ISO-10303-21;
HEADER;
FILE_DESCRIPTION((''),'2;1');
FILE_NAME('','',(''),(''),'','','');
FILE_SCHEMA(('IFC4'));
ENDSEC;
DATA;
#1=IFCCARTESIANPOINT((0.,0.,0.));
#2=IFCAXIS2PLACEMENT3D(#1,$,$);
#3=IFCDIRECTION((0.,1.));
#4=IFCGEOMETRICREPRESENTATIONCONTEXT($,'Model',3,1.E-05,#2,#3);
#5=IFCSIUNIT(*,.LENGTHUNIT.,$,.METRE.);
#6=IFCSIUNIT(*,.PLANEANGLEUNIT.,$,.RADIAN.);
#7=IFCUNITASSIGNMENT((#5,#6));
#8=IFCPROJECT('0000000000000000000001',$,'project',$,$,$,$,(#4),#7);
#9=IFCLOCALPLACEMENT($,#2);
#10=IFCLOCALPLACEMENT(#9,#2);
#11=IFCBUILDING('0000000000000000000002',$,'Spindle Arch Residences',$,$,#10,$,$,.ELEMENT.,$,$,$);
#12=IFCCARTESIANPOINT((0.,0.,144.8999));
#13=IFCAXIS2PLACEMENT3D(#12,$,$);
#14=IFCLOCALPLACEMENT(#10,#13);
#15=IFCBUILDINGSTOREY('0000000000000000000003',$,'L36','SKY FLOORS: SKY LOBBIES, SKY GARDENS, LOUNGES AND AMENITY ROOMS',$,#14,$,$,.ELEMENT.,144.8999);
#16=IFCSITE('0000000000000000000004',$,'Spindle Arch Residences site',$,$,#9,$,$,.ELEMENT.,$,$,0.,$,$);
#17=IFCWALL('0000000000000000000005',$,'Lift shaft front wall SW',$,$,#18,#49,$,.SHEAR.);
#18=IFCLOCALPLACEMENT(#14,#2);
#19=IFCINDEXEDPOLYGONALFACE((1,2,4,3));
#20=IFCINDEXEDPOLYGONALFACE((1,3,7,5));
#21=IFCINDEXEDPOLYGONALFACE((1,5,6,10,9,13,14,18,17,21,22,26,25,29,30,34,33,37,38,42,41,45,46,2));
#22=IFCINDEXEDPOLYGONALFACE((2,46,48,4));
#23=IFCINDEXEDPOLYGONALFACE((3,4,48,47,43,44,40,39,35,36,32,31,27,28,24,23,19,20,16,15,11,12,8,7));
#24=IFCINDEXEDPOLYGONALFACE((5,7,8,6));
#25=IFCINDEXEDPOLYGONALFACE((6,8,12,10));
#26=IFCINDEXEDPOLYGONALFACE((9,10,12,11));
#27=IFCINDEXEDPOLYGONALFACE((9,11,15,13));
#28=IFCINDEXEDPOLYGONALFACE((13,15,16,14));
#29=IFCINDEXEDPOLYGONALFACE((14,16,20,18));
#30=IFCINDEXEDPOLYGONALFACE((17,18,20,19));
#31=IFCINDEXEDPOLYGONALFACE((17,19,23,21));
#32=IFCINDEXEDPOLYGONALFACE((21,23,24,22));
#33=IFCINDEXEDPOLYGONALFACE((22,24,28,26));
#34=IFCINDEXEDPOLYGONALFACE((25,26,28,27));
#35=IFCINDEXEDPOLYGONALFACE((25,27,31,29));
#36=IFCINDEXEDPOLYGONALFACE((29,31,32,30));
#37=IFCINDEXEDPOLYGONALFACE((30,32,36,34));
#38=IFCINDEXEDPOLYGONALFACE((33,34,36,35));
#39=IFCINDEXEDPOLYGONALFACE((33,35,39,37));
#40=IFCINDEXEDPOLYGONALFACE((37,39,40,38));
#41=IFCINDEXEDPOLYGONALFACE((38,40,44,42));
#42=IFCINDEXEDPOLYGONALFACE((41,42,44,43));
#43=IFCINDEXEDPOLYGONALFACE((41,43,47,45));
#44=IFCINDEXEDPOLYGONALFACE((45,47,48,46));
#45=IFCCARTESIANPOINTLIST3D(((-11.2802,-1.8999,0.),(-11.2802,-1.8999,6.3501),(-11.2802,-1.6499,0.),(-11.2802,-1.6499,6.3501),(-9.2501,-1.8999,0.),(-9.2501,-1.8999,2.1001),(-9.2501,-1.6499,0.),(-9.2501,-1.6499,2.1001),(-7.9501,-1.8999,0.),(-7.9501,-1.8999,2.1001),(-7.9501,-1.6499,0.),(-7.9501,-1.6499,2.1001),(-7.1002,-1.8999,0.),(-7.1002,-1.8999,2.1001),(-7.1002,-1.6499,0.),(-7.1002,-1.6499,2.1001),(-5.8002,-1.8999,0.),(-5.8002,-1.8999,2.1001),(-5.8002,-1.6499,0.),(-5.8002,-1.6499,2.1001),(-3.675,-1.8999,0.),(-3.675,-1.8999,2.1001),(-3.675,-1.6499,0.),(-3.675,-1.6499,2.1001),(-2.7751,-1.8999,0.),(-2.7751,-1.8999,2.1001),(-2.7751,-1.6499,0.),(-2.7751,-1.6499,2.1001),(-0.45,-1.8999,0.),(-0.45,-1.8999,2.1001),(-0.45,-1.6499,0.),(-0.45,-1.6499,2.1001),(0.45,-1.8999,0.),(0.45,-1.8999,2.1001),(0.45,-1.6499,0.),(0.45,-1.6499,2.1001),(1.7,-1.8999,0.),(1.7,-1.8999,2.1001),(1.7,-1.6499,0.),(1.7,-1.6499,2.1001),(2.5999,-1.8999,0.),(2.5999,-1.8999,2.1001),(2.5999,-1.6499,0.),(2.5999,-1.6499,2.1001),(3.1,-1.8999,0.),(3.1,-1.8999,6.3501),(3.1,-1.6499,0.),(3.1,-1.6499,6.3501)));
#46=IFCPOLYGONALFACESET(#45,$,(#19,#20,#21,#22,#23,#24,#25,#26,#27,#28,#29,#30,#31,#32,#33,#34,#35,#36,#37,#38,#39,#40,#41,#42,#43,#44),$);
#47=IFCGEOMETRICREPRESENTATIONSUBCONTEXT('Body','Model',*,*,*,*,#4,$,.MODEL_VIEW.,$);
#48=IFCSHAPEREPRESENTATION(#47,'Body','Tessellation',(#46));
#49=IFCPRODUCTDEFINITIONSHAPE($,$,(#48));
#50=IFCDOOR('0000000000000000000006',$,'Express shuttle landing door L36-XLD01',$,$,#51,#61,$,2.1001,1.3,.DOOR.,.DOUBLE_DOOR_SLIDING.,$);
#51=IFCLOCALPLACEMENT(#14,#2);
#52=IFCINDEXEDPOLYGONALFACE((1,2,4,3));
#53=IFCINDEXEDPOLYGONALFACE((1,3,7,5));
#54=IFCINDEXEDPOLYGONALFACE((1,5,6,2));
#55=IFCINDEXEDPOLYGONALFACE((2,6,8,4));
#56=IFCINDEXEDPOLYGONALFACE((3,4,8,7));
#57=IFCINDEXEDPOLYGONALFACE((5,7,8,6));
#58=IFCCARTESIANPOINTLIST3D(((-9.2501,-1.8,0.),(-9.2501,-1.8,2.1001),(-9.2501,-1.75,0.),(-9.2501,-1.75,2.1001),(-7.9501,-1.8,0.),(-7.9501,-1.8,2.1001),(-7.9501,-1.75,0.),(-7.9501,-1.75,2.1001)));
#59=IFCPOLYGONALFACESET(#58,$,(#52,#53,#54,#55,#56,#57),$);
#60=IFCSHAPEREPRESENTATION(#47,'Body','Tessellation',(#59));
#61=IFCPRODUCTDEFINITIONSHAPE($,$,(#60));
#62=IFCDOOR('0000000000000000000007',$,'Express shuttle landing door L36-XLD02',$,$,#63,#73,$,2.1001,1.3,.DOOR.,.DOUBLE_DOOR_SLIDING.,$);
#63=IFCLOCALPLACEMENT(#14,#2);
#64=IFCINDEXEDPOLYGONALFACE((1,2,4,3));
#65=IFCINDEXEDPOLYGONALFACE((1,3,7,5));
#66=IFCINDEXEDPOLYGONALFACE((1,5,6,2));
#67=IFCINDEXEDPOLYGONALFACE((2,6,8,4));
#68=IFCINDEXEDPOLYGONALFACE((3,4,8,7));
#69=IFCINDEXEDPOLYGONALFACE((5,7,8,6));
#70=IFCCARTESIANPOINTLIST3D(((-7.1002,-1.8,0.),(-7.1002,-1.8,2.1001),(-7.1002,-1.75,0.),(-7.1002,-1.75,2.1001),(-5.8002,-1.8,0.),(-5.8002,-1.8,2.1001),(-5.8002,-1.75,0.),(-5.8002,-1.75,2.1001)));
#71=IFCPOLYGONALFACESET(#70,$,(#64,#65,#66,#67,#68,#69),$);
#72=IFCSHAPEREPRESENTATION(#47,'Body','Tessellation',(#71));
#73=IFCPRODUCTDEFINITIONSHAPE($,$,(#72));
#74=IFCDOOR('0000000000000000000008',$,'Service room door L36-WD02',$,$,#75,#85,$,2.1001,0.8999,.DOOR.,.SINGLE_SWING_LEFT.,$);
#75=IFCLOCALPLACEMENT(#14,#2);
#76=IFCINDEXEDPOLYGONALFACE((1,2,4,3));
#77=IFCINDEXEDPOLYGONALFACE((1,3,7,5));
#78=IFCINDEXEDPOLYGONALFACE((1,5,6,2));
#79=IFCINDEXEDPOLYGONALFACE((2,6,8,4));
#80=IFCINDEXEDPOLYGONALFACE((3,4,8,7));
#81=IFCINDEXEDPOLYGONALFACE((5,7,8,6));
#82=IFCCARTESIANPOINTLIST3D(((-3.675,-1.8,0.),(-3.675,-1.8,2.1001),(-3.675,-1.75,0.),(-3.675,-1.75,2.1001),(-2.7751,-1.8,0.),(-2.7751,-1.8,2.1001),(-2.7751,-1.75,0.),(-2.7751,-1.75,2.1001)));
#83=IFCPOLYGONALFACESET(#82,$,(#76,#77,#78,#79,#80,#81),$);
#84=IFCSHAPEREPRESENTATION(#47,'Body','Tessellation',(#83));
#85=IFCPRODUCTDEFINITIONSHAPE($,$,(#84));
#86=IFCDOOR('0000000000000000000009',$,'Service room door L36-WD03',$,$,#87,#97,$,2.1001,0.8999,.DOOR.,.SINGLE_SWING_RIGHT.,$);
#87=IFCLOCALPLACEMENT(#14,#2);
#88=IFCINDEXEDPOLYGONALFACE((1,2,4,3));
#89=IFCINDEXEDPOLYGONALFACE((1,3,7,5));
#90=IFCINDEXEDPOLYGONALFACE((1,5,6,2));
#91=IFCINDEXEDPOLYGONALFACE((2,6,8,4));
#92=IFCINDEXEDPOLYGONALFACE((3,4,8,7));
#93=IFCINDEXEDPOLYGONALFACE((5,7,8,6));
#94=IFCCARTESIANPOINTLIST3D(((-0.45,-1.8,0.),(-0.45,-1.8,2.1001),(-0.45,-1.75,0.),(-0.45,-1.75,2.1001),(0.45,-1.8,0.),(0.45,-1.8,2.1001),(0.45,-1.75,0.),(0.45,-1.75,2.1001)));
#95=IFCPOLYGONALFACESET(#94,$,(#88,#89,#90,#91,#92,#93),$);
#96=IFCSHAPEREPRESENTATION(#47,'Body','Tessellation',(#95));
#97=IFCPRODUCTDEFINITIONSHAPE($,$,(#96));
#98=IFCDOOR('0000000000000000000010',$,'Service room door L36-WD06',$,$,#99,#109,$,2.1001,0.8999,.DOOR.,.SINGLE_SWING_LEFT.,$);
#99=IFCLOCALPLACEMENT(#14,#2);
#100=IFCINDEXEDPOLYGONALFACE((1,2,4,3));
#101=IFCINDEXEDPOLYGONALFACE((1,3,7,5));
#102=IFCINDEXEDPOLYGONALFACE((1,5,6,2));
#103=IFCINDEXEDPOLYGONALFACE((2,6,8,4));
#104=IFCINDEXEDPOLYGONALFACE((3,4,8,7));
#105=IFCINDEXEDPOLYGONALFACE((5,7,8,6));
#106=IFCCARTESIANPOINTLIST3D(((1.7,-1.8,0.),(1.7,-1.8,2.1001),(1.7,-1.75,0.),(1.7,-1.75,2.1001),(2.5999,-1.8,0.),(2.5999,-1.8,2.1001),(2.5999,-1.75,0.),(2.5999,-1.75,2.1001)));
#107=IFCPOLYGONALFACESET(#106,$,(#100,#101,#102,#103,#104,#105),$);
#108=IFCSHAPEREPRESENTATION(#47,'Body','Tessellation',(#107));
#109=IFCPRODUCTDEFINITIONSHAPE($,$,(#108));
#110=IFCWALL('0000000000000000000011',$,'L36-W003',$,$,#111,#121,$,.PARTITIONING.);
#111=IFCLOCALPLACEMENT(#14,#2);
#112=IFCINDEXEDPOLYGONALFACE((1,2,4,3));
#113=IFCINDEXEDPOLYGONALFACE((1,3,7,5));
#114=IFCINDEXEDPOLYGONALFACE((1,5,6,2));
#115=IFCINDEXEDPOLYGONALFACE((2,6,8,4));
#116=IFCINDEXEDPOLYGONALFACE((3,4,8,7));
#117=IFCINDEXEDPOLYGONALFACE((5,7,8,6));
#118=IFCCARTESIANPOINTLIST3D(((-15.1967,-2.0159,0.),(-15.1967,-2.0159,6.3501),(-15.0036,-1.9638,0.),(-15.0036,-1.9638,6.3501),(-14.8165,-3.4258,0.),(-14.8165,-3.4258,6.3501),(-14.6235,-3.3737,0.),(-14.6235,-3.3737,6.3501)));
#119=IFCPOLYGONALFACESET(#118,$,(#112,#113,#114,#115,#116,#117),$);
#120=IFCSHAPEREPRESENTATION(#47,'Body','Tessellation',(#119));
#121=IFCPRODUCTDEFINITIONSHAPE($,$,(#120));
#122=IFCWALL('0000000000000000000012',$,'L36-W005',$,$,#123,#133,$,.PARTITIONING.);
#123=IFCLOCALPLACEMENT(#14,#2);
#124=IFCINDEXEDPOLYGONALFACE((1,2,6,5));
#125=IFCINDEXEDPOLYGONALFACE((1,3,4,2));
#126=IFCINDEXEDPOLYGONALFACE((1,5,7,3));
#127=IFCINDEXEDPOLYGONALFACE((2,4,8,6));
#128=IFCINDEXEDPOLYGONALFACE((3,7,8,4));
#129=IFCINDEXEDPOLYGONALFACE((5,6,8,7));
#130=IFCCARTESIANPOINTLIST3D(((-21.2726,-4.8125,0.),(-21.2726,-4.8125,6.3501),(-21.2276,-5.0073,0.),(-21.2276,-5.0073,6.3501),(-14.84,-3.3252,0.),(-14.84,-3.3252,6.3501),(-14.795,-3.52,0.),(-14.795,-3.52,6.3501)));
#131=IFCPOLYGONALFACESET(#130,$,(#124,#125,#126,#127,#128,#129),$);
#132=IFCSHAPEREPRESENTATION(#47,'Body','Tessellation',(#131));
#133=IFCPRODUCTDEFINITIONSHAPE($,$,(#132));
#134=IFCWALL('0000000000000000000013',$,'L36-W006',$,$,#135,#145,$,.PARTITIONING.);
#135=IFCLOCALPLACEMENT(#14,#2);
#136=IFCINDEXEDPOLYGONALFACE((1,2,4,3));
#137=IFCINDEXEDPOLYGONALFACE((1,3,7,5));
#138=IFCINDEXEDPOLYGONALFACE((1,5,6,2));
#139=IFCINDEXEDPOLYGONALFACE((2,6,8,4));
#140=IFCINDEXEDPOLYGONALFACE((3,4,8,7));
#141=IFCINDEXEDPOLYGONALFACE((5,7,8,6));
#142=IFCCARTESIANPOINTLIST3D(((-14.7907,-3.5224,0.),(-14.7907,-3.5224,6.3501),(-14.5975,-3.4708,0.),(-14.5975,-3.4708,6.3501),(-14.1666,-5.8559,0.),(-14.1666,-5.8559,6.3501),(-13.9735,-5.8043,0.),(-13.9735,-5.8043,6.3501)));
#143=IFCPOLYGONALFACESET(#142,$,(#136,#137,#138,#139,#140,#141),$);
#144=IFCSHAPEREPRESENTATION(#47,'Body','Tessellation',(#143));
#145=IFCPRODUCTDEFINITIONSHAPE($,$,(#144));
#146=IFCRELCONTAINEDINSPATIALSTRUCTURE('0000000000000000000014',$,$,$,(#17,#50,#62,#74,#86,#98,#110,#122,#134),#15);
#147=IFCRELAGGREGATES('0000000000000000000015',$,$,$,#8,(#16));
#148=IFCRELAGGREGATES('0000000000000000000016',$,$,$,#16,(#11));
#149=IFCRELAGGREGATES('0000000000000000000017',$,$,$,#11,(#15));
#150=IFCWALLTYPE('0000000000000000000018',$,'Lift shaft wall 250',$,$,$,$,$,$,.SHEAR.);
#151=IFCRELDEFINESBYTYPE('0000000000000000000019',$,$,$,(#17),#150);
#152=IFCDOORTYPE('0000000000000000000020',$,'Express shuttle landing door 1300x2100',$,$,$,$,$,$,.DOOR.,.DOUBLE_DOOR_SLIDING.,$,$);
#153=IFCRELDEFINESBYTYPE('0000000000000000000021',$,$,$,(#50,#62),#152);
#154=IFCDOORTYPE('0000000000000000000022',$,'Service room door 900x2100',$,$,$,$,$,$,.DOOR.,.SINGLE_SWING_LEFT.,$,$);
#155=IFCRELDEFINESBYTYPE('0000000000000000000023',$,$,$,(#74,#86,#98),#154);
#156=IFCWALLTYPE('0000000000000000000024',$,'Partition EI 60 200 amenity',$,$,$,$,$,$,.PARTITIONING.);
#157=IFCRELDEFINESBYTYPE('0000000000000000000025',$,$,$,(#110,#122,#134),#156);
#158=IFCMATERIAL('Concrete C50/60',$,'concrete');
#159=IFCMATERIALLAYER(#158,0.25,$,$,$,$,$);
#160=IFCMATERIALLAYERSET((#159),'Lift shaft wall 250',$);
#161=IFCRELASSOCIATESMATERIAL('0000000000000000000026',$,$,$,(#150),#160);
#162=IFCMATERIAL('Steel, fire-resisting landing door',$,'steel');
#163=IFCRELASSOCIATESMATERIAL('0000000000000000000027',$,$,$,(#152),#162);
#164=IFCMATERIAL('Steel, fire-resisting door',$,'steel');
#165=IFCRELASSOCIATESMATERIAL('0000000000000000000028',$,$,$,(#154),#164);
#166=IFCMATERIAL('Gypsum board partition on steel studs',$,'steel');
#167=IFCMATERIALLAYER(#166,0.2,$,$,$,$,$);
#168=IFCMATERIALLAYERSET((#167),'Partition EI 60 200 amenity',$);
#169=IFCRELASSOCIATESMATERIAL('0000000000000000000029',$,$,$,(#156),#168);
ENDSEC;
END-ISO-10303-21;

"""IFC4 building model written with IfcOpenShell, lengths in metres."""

from ifc_helpers import new_model, si_unit, direction, frame, frame_2d, origin, place, context, subcontext, project, spatial, rectangle, extrude, material, layer, layer_set, type_object, element, fill, save


model = new_model("IFC4")

# Units and contexts
model_context = context("Model", 3, precision=1e-05, world=origin(), true_north=direction((0.0, 1.0)))
body_context = subcontext(model_context, "Body", "Model", "MODEL_VIEW")
ifc_project = project(units=[si_unit("LENGTHUNIT", "METRE"), si_unit("PLANEANGLEUNIT", "RADIAN")], contexts=[model_context])

# Site, building, storey
site_placement = place(None, origin())
site = spatial("IfcSite", under=ifc_project, at=site_placement, Name="Spindle Arch Residences site", CompositionType="ELEMENT", RefElevation=0.0)
building_placement = place(site_placement, origin())
building = spatial("IfcBuilding", under=site, at=building_placement, Name="Spindle Arch Residences", CompositionType="ELEMENT")
storey_placement = place(building_placement, frame((0.0, 0.0, 144.8999)))
storey = spatial("IfcBuildingStorey", under=building, at=storey_placement, Name="L36", Description="SKY FLOORS: SKY LOBBIES, SKY GARDENS, LOUNGES AND AMENITY ROOMS", CompositionType="ELEMENT", Elevation=144.8999)

# Wall, openings, doors
ifc_material_1 = material(Name="Concrete C50/60", Category="concrete")
ifc_layer_1 = layer(ifc_material_1, 0.25)
ifc_layer_set_1 = layer_set([ifc_layer_1], Name="Lift shaft wall 250")
wall_type_1 = type_object("IfcWallType", Name="Lift shaft wall 250", PredefinedType="SHEAR", material=ifc_layer_set_1)
wall_1_placement = place(storey_placement, frame((-11.28, -1.7749, 0.0), z_axis=(0.0, 0.0, 1.0), x_axis=(1.0, 0.0, 0.0)))
wall_1 = element("IfcWall", 1, at=wall_1_placement, inside=storey, type_object=wall_type_1, Name="Lift shaft front wall SW", PredefinedType="SHEAR", context=body_context, shape_type="SweptSolid", body=[
    extrude(rectangle(XDim=14.3801, YDim=0.25, at=frame_2d((7.1899, 0.0))), origin(), (0.0, 0.0, 1.0), 6.3501),
])
opening_1_placement = place(wall_1_placement, frame((2.03, 0.0, 0.0)))
opening_1 = element("IfcOpeningElement", 2, at=opening_1_placement, cuts=wall_1, PredefinedType="OPENING", context=body_context, shape_type="SweptSolid", body=[
    extrude(rectangle(XDim=1.3, YDim=2.1001, at=frame_2d((0.6499, 1.05))), frame((0.0, 0.135, 0.0), z_axis=(0.0, -1.0, 0.0), x_axis=(1.0, 0.0, 0.0)), (0.0, 0.0, 1.0), 0.27),
])
opening_2_placement = place(wall_1_placement, frame((4.1799, 0.0, 0.0)))
opening_2 = element("IfcOpeningElement", 3, at=opening_2_placement, cuts=wall_1, PredefinedType="OPENING", context=body_context, shape_type="SweptSolid", body=[
    extrude(rectangle(XDim=1.3, YDim=2.1001, at=frame_2d((0.6499, 1.05))), frame((0.0, 0.135, 0.0), z_axis=(0.0, -1.0, 0.0), x_axis=(1.0, 0.0, 0.0)), (0.0, 0.0, 1.0), 0.27),
])
opening_3_placement = place(wall_1_placement, frame((7.605, 0.0, 0.0)))
opening_3 = element("IfcOpeningElement", 4, at=opening_3_placement, cuts=wall_1, PredefinedType="OPENING", context=body_context, shape_type="SweptSolid", body=[
    extrude(rectangle(XDim=0.8999, YDim=2.1001, at=frame_2d((0.45, 1.05))), frame((0.0, 0.135, 0.0), z_axis=(0.0, -1.0, 0.0), x_axis=(1.0, 0.0, 0.0)), (0.0, 0.0, 1.0), 0.27),
])
opening_4_placement = place(wall_1_placement, frame((10.8301, 0.0, 0.0)))
opening_4 = element("IfcOpeningElement", 5, at=opening_4_placement, cuts=wall_1, PredefinedType="OPENING", context=body_context, shape_type="SweptSolid", body=[
    extrude(rectangle(XDim=0.8999, YDim=2.1001, at=frame_2d((0.45, 1.05))), frame((0.0, 0.135, 0.0), z_axis=(0.0, -1.0, 0.0), x_axis=(1.0, 0.0, 0.0)), (0.0, 0.0, 1.0), 0.27),
])
opening_5_placement = place(wall_1_placement, frame((12.98, 0.0, 0.0)))
opening_5 = element("IfcOpeningElement", 6, at=opening_5_placement, cuts=wall_1, PredefinedType="OPENING", context=body_context, shape_type="SweptSolid", body=[
    extrude(rectangle(XDim=0.8999, YDim=2.1001, at=frame_2d((0.45, 1.05))), frame((0.0, 0.135, 0.0), z_axis=(0.0, -1.0, 0.0), x_axis=(1.0, 0.0, 0.0)), (0.0, 0.0, 1.0), 0.27),
])
ifc_material_2 = material(Name="Steel, fire-resisting landing door", Category="steel")
door_type_1 = type_object("IfcDoorType", Name="Express shuttle landing door 1300x2100", OperationType="DOUBLE_DOOR_SLIDING", PredefinedType="DOOR", material=ifc_material_2)
door_1_placement = place(opening_1_placement, origin())
door_1 = element("IfcDoor", 7, at=door_1_placement, inside=storey, type_object=door_type_1, Name="Express shuttle landing door L36-XLD01", OperationType="DOUBLE_DOOR_SLIDING", OverallHeight=2.1001, OverallWidth=1.3, PredefinedType="DOOR", context=body_context, shape_type="SweptSolid", body=[
    extrude(rectangle(XDim=1.3, YDim=2.1001, at=frame_2d((0.6499, 1.05))), frame((0.0, 0.0249, 0.0), z_axis=(0.0, -1.0, 0.0), x_axis=(1.0, 0.0, 0.0)), (0.0, 0.0, 1.0), 0.05),
])
fill(opening_1, door_1)
door_2_placement = place(opening_2_placement, origin())
door_2 = element("IfcDoor", 8, at=door_2_placement, inside=storey, type_object=door_type_1, Name="Express shuttle landing door L36-XLD02", OperationType="DOUBLE_DOOR_SLIDING", OverallHeight=2.1001, OverallWidth=1.3, PredefinedType="DOOR", context=body_context, shape_type="SweptSolid", body=[
    extrude(rectangle(XDim=1.3, YDim=2.1001, at=frame_2d((0.6499, 1.05))), frame((0.0, 0.0249, 0.0), z_axis=(0.0, -1.0, 0.0), x_axis=(1.0, 0.0, 0.0)), (0.0, 0.0, 1.0), 0.05),
])
fill(opening_2, door_2)
ifc_material_3 = material(Name="Steel, fire-resisting door", Category="steel")
door_type_2 = type_object("IfcDoorType", Name="Service room door 900x2100", OperationType="SINGLE_SWING_LEFT", PredefinedType="DOOR", material=ifc_material_3)
door_3_placement = place(opening_3_placement, origin())
door_3 = element("IfcDoor", 9, at=door_3_placement, inside=storey, type_object=door_type_2, Name="Service room door L36-WD02", OperationType="SINGLE_SWING_LEFT", OverallHeight=2.1001, OverallWidth=0.8999, PredefinedType="DOOR", context=body_context, shape_type="SweptSolid", body=[
    extrude(rectangle(XDim=0.8999, YDim=2.1001, at=frame_2d((0.45, 1.05))), frame((0.0, 0.0249, 0.0), z_axis=(0.0, -1.0, 0.0), x_axis=(1.0, 0.0, 0.0)), (0.0, 0.0, 1.0), 0.05),
])
fill(opening_3, door_3)
door_4_placement = place(opening_4_placement, origin())
door_4 = element("IfcDoor", 10, at=door_4_placement, inside=storey, type_object=door_type_2, Name="Service room door L36-WD03", OperationType="SINGLE_SWING_RIGHT", OverallHeight=2.1001, OverallWidth=0.8999, PredefinedType="DOOR", context=body_context, shape_type="SweptSolid", body=[
    extrude(rectangle(XDim=0.8999, YDim=2.1001, at=frame_2d((0.45, 1.05))), frame((0.0, 0.0249, 0.0), z_axis=(0.0, -1.0, 0.0), x_axis=(1.0, 0.0, 0.0)), (0.0, 0.0, 1.0), 0.05),
])
fill(opening_4, door_4)
door_5_placement = place(opening_5_placement, origin())
door_5 = element("IfcDoor", 11, at=door_5_placement, inside=storey, type_object=door_type_2, Name="Service room door L36-WD06", OperationType="SINGLE_SWING_LEFT", OverallHeight=2.1001, OverallWidth=0.8999, PredefinedType="DOOR", context=body_context, shape_type="SweptSolid", body=[
    extrude(rectangle(XDim=0.8999, YDim=2.1001, at=frame_2d((0.45, 1.05))), frame((0.0, 0.0249, 0.0), z_axis=(0.0, -1.0, 0.0), x_axis=(1.0, 0.0, 0.0)), (0.0, 0.0, 1.0), 0.05),
])
fill(opening_5, door_5)

# Walls
ifc_material_4 = material(Name="Gypsum board partition on steel studs", Category="steel")
ifc_layer_2 = layer(ifc_material_4, 0.2)
ifc_layer_set_2 = layer_set([ifc_layer_2], Name="Partition EI 60 200 amenity")
wall_type_2 = type_object("IfcWallType", Name="Partition EI 60 200 amenity", PredefinedType="PARTITIONING", material=ifc_layer_set_2)
wall_2_placement = place(storey_placement, frame((-15.1001, -1.99, 0.0), z_axis=(0.0, 0.0, 1.0), x_axis=(0.260315, -0.965524, 0.0)))
element("IfcWall", 12, at=wall_2_placement, inside=storey, type_object=wall_type_2, Name="L36-W003", PredefinedType="PARTITIONING", context=body_context, shape_type="SweptSolid", body=[
    extrude(rectangle(XDim=1.4602, YDim=0.2, at=frame_2d((0.73, 0.0))), origin(), (0.0, 0.0, 1.0), 6.3501),
])
wall_3_placement = place(storey_placement, frame((-14.8174, -3.4226, 0.0), z_axis=(0.0, 0.0, 1.0), x_axis=(-0.974296, -0.22527, 0.0)))
element("IfcWall", 13, at=wall_3_placement, inside=storey, type_object=wall_type_2, Name="L36-W005", PredefinedType="PARTITIONING", context=body_context, shape_type="SweptSolid", body=[
    extrude(rectangle(XDim=6.6023, YDim=0.2, at=frame_2d((3.3013, 0.0))), origin(), (0.0, 0.0, 1.0), 6.3501),
])
wall_4_placement = place(storey_placement, frame((-14.6941, -3.4966, 0.0), z_axis=(0.0, 0.0, 1.0), x_axis=(0.258342, -0.966054, 0.0)))
element("IfcWall", 14, at=wall_4_placement, inside=storey, type_object=wall_type_2, Name="L36-W006", PredefinedType="PARTITIONING", context=body_context, shape_type="SweptSolid", body=[
    extrude(rectangle(XDim=2.4155, YDim=0.2, at=frame_2d((1.2078, 0.0))), origin(), (0.0, 0.0, 1.0), 6.3501),
])

save(model, "model.ifc")
